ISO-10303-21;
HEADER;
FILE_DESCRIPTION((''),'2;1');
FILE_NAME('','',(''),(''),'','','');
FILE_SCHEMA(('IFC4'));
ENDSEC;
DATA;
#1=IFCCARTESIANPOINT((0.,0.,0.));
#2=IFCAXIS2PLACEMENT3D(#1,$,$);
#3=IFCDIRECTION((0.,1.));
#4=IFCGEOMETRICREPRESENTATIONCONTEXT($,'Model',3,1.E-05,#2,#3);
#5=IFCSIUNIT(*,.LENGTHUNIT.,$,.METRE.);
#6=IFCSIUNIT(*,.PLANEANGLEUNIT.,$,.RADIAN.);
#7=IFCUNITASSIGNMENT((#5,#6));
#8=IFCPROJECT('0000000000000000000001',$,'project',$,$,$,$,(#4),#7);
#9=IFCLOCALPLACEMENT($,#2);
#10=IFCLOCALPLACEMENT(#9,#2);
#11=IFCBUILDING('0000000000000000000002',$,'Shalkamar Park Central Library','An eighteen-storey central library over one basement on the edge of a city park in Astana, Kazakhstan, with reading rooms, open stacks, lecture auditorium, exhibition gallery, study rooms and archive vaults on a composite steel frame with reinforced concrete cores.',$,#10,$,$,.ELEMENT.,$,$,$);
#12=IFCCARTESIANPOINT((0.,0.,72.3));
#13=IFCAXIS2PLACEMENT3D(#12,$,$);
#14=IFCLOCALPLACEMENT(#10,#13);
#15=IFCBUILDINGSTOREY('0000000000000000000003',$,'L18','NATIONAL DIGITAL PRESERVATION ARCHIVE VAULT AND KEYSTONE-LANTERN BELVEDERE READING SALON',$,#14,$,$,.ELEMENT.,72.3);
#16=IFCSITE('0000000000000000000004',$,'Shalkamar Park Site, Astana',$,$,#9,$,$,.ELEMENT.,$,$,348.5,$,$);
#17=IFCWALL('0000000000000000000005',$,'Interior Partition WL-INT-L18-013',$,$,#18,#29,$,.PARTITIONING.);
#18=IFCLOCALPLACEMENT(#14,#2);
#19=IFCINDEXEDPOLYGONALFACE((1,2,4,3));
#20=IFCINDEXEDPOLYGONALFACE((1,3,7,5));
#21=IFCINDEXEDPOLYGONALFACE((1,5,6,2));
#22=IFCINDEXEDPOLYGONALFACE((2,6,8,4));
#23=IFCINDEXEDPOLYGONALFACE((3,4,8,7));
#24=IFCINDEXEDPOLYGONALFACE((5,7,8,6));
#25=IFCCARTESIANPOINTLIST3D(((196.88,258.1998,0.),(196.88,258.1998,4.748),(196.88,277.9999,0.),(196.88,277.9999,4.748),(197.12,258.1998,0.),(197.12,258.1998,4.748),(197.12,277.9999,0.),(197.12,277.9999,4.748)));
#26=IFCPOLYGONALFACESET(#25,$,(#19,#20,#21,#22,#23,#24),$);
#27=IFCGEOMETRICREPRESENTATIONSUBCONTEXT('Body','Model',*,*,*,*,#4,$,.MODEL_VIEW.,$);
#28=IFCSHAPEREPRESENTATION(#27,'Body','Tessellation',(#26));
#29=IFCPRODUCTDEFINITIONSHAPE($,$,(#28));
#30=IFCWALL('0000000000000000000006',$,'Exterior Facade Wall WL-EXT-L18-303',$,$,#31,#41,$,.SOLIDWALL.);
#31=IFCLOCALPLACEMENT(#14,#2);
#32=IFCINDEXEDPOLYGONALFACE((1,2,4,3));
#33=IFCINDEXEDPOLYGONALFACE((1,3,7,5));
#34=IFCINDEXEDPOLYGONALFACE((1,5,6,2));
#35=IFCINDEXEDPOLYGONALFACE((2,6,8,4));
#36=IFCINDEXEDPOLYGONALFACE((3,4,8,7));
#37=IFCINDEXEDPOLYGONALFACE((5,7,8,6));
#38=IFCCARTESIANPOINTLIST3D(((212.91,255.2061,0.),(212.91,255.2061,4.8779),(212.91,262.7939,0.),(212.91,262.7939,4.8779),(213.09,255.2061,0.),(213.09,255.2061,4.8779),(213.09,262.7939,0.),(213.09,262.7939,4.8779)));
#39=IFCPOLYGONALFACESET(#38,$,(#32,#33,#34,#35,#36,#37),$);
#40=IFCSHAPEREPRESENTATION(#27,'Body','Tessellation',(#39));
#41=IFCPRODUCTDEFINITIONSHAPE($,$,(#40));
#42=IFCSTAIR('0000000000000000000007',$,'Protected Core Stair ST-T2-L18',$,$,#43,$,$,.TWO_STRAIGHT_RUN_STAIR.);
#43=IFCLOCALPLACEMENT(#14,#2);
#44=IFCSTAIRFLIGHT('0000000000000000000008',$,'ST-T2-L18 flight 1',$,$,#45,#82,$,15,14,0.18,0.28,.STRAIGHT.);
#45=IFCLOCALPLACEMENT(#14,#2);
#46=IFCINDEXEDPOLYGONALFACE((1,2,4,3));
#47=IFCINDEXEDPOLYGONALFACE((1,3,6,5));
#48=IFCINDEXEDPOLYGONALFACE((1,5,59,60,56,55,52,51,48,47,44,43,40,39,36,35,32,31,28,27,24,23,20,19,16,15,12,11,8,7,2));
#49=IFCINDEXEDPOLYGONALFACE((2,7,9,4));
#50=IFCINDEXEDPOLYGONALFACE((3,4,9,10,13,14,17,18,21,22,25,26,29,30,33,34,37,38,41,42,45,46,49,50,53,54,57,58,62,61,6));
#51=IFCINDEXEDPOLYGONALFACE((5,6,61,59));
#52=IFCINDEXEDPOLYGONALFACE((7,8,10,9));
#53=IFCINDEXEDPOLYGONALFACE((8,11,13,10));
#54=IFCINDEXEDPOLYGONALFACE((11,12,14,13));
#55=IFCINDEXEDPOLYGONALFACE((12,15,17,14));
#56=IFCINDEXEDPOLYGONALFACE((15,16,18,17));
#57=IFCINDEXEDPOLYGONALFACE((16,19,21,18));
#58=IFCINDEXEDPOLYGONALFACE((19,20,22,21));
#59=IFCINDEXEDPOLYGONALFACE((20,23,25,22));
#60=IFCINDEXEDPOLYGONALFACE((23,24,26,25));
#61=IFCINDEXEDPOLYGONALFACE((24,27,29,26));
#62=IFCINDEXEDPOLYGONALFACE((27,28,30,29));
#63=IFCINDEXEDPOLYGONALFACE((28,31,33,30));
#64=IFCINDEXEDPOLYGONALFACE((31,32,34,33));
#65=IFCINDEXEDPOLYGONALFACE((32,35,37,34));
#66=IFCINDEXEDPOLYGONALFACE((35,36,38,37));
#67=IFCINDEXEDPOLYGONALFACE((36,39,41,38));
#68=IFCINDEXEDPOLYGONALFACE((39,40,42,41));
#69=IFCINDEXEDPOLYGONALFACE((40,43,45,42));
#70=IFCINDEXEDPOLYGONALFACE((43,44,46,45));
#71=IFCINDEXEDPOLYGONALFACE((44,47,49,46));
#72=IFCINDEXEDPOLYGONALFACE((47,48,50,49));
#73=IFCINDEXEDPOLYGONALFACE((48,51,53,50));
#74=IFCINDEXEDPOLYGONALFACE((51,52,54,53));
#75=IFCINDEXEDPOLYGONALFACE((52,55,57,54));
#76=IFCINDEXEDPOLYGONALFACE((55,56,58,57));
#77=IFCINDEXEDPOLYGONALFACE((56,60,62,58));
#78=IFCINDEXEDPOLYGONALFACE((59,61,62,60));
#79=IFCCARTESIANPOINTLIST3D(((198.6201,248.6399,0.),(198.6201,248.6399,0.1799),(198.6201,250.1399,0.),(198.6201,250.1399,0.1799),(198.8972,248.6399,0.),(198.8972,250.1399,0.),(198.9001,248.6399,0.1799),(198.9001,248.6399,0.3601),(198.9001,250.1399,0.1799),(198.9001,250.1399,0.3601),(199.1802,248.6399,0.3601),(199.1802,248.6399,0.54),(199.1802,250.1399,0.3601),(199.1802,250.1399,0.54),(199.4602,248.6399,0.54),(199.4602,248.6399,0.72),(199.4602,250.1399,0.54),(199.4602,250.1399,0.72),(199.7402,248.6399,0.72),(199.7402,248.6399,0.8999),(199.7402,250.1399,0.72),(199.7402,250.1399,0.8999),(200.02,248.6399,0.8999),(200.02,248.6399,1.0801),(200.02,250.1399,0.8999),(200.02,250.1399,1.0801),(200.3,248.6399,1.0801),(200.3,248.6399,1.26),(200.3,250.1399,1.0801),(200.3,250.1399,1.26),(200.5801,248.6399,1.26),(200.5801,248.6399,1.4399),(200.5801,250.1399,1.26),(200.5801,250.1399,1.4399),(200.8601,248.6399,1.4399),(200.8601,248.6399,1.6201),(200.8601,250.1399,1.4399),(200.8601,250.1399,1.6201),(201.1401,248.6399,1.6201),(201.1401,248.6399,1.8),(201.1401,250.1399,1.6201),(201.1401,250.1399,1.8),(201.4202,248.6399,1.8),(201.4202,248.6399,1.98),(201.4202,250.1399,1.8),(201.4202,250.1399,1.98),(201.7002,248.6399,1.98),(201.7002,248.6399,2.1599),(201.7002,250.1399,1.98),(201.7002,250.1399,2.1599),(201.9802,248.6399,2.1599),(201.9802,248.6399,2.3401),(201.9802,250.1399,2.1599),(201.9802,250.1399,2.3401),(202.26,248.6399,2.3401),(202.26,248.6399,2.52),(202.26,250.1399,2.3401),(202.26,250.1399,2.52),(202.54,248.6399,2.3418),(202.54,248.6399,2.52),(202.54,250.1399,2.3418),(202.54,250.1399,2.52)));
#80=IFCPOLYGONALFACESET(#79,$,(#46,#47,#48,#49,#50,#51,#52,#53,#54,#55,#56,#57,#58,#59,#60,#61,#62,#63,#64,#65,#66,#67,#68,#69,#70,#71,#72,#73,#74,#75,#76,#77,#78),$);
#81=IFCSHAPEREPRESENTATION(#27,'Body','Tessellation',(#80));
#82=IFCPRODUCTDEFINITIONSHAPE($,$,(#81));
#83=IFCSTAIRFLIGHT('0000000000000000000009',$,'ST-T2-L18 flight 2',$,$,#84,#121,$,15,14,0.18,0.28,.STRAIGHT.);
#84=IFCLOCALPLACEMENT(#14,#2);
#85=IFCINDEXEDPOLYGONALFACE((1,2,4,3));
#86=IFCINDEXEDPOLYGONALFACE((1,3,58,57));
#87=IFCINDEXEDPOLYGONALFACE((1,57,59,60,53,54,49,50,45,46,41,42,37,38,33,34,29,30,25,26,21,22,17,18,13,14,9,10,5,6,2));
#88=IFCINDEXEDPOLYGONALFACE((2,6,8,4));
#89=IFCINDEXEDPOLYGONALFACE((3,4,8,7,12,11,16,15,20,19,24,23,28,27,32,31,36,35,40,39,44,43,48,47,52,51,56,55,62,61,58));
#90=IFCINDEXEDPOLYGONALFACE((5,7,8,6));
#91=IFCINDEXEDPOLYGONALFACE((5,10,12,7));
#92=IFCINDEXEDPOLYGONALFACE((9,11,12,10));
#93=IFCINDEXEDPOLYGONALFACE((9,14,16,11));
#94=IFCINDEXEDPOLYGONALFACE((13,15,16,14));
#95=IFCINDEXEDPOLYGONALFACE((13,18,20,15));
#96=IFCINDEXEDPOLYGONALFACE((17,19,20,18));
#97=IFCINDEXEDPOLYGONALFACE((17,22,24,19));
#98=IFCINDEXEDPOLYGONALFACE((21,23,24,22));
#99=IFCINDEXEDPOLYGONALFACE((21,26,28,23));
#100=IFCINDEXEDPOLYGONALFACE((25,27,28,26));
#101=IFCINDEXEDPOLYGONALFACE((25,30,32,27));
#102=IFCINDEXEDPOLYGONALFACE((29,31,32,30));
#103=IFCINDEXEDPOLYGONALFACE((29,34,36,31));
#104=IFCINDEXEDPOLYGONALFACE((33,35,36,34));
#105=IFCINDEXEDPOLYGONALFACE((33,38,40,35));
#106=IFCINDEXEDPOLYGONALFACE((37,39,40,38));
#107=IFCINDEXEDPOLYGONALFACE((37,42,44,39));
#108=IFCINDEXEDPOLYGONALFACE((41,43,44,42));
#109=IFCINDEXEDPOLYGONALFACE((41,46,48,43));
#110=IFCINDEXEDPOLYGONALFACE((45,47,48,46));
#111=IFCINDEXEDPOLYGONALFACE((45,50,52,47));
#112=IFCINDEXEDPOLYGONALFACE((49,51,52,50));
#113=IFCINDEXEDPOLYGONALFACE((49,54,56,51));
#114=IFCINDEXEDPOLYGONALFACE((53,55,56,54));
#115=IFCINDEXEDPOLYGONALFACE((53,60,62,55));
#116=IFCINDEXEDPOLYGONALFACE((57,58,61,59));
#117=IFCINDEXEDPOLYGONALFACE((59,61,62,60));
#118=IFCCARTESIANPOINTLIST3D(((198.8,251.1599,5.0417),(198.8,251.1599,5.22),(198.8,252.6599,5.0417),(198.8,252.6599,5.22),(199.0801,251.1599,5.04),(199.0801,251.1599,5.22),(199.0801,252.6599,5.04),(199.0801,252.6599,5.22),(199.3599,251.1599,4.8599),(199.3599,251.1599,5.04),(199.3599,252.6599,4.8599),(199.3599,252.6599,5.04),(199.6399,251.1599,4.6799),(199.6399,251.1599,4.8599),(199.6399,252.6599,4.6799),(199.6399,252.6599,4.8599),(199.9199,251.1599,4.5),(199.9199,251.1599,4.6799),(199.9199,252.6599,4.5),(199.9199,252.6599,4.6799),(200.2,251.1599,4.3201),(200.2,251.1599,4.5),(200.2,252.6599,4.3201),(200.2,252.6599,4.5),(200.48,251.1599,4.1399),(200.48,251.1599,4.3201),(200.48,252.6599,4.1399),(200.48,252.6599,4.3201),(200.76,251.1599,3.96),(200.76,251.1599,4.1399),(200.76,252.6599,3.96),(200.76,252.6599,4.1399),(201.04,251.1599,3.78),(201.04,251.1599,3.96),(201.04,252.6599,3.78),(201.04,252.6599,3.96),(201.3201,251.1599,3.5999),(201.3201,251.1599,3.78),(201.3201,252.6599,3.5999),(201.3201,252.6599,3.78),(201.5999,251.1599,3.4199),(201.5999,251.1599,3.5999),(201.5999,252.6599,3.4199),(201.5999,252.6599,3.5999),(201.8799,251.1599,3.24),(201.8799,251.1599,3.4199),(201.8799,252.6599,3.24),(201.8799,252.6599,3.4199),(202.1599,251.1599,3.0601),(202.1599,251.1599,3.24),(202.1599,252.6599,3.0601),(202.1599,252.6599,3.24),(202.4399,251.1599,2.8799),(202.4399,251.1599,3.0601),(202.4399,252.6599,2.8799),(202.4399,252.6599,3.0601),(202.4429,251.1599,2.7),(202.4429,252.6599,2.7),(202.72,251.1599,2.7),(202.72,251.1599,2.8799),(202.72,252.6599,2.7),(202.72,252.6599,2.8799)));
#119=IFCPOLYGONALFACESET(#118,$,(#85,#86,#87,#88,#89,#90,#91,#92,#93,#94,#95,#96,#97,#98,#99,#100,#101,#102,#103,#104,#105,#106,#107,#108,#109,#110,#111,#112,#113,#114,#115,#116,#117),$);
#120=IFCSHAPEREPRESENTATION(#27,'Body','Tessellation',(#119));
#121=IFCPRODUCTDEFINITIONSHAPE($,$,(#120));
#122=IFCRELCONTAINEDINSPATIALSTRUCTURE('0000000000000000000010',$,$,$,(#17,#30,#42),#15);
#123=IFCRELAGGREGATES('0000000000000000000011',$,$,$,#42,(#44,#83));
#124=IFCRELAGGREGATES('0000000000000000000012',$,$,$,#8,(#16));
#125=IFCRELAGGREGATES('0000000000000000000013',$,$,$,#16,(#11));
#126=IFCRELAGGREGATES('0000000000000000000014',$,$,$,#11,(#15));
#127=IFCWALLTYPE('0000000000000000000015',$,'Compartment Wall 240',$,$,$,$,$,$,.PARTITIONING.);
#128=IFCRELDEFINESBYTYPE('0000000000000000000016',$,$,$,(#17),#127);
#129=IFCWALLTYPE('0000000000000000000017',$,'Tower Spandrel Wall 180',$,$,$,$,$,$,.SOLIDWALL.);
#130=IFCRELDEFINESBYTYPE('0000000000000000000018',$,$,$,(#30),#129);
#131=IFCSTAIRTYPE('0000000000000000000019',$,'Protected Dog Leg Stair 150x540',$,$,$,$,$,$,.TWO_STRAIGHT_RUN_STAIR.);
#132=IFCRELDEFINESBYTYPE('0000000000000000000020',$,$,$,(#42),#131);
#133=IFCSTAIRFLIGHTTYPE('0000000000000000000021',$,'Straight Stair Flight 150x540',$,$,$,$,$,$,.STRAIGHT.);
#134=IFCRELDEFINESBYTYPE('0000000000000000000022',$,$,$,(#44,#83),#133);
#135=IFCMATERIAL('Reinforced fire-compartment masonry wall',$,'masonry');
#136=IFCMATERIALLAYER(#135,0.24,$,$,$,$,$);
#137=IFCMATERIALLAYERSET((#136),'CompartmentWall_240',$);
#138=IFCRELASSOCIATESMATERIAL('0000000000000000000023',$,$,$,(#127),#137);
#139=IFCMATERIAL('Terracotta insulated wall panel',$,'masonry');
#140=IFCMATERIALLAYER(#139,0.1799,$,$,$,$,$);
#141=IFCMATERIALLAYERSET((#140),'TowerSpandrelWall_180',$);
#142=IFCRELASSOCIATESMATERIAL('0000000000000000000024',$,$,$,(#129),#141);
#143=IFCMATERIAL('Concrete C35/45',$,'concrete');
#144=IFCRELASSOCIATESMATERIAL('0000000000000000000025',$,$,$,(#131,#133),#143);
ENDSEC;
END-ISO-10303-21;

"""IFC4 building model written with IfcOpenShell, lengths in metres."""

from ifc_helpers import new_model, si_unit, direction, frame, frame_2d, origin, place, context, subcontext, project, spatial, polyline, rectangle, outline, extrude, material, layer, layer_set, type_object, element, aggregate, save


model = new_model("IFC4")

# Units and contexts
model_context = context("Model", 3, precision=1e-05, world=origin(), true_north=direction((0.0, 1.0)))
body_context = subcontext(model_context, "Body", "Model", "MODEL_VIEW")
ifc_project = project(units=[si_unit("LENGTHUNIT", "METRE"), si_unit("PLANEANGLEUNIT", "RADIAN")], contexts=[model_context])

# Site, building, storey
site_placement = place(None, origin())
site = spatial("IfcSite", under=ifc_project, at=site_placement, Name="Shalkamar Park Site, Astana", CompositionType="ELEMENT", RefElevation=348.5)
building_placement = place(site_placement, origin())
building = spatial("IfcBuilding", under=site, at=building_placement, Name="Shalkamar Park Central Library", Description="An eighteen-storey central library over one basement on the edge of a city park in Astana, Kazakhstan, with reading rooms, open stacks, lecture auditorium, exhibition gallery, study rooms and archive vaults on a composite steel frame with reinforced concrete cores.", CompositionType="ELEMENT")
storey_placement = place(building_placement, frame((0.0, 0.0, 72.3)))
storey = spatial("IfcBuildingStorey", under=building, at=storey_placement, Name="L18", Description="NATIONAL DIGITAL PRESERVATION ARCHIVE VAULT AND KEYSTONE-LANTERN BELVEDERE READING SALON", CompositionType="ELEMENT", Elevation=72.3)

# Shared definitions
ifc_material_1 = material(Name="Reinforced fire-compartment masonry wall", Category="masonry")
ifc_layer_1 = layer(ifc_material_1, 0.24)
ifc_layer_set_1 = layer_set([ifc_layer_1], Name="CompartmentWall_240")
wall_type_1 = type_object("IfcWallType", Name="Compartment Wall 240", PredefinedType="PARTITIONING", material=ifc_layer_set_1)

# Walls
wall_1_placement = place(storey_placement, frame((197.0, 258.2, 0.0), z_axis=(0.0, 0.0, 1.0), x_axis=(0.0, 1.0, 0.0)))
element("IfcWall", 1, at=wall_1_placement, inside=storey, type_object=wall_type_1, Name="Interior Partition WL-INT-L18-013", PredefinedType="PARTITIONING", context=body_context, shape_type="SweptSolid", body=[
    extrude(rectangle(XDim=19.8, YDim=0.24, at=frame_2d((9.8999, 0.0))), origin(), (0.0, 0.0, 1.0), 4.748),
])
ifc_material_2 = material(Name="Terracotta insulated wall panel", Category="masonry")
ifc_layer_2 = layer(ifc_material_2, 0.1799)
ifc_layer_set_2 = layer_set([ifc_layer_2], Name="TowerSpandrelWall_180")
wall_type_2 = type_object("IfcWallType", Name="Tower Spandrel Wall 180", PredefinedType="SOLIDWALL", material=ifc_layer_set_2)
wall_2_placement = place(storey_placement, frame((213.0, 255.2061, 0.0), z_axis=(0.0, 0.0, 1.0), x_axis=(0.0, 1.0, 0.0)))
element("IfcWall", 2, at=wall_2_placement, inside=storey, type_object=wall_type_2, Name="Exterior Facade Wall WL-EXT-L18-303", PredefinedType="SOLIDWALL", context=body_context, shape_type="SweptSolid", body=[
    extrude(rectangle(XDim=7.5879, YDim=0.1799, at=frame_2d((3.7939, 0.0))), origin(), (0.0, 0.0, 1.0), 4.8779),
])

# Stair, stair flights
ifc_material_3 = material(Name="Concrete C35/45", Category="concrete")
stair_type = type_object("IfcStairType", Name="Protected Dog Leg Stair 150x540", PredefinedType="TWO_STRAIGHT_RUN_STAIR", material=ifc_material_3)
stair_placement = place(storey_placement, origin())
stair = element("IfcStair", 3, at=stair_placement, inside=storey, type_object=stair_type, Name="Protected Core Stair ST-T2-L18", PredefinedType="TWO_STRAIGHT_RUN_STAIR")
stair_flight_type = type_object("IfcStairFlightType", Name="Straight Stair Flight 150x540", PredefinedType="STRAIGHT", material=ifc_material_3)
stair_flight_1_placement = place(storey_placement, frame((198.6201, 249.3899, 0.0), z_axis=(0.0, 0.0, 1.0), x_axis=(1.0, 0.0, 0.0)))
stair_flight_1 = element("IfcStairFlight", 4, at=stair_flight_1_placement, type_object=stair_flight_type, Name="ST-T2-L18 flight 1", NumberOfRisers=15, NumberOfTreads=14, PredefinedType="STRAIGHT", RiserHeight=0.18, TreadLength=0.28, context=body_context, shape_type="SweptSolid", body=[
    extrude(outline(polyline([(0.0, 0.0), (0.0, 0.1799), (0.28, 0.1799), (0.28, 0.3601), (0.5601, 0.3601), (0.5601, 0.54), (0.8401, 0.54), (0.8401, 0.72), (1.1201, 0.72), (1.1201, 0.8999), (1.3999, 0.8999), (1.3999, 1.0801), (1.6799, 1.0801), (1.6799, 1.26), (1.96, 1.26), (1.96, 1.4399), (2.24, 1.4399), (2.24, 1.6201), (2.52, 1.6201), (2.52, 1.8), (2.8, 1.8), (2.8, 1.98), (3.0801, 1.98), (3.0801, 2.1599), (3.3601, 2.1599), (3.3601, 2.3401), (3.6399, 2.3401), (3.6399, 2.52), (3.9199, 2.52), (3.9199, 2.7), (3.9199, 2.3418), (0.2771, 0.0), (0.0, 0.0)])), frame((0.0, 0.75, 0.0), z_axis=(0.0, -1.0, 0.0), x_axis=(1.0, 0.0, 0.0)), (0.0, 0.0, 1.0), 1.5),
])
stair_flight_2_placement = place(storey_placement, frame((202.72, 251.9099, 2.7), z_axis=(0.0, 0.0, 1.0), x_axis=(-1.0, 0.0, 0.0)))
stair_flight_2 = element("IfcStairFlight", 5, at=stair_flight_2_placement, type_object=stair_flight_type, Name="ST-T2-L18 flight 2", NumberOfRisers=15, NumberOfTreads=14, PredefinedType="STRAIGHT", RiserHeight=0.18, TreadLength=0.28, context=body_context, shape_type="SweptSolid", body=[
    extrude(outline(polyline([(0.0, 0.0), (0.0, 0.1799), (0.28, 0.1799), (0.28, 0.3601), (0.5601, 0.3601), (0.5601, 0.54), (0.8401, 0.54), (0.8401, 0.72), (1.1201, 0.72), (1.1201, 0.8999), (1.3999, 0.8999), (1.3999, 1.0801), (1.6799, 1.0801), (1.6799, 1.26), (1.96, 1.26), (1.96, 1.4399), (2.24, 1.4399), (2.24, 1.6201), (2.52, 1.6201), (2.52, 1.8), (2.8, 1.8), (2.8, 1.98), (3.0801, 1.98), (3.0801, 2.1599), (3.3601, 2.1599), (3.3601, 2.3401), (3.6399, 2.3401), (3.6399, 2.52), (3.9199, 2.52), (3.9199, 2.7), (3.9199, 2.3418), (0.2771, 0.0), (0.0, 0.0)])), frame((0.0, 0.75, 0.0), z_axis=(0.0, -1.0, 0.0), x_axis=(1.0, 0.0, 0.0)), (0.0, 0.0, 1.0), 1.5),
])
aggregate(stair, [stair_flight_1, stair_flight_2])

save(model, "model.ifc")
